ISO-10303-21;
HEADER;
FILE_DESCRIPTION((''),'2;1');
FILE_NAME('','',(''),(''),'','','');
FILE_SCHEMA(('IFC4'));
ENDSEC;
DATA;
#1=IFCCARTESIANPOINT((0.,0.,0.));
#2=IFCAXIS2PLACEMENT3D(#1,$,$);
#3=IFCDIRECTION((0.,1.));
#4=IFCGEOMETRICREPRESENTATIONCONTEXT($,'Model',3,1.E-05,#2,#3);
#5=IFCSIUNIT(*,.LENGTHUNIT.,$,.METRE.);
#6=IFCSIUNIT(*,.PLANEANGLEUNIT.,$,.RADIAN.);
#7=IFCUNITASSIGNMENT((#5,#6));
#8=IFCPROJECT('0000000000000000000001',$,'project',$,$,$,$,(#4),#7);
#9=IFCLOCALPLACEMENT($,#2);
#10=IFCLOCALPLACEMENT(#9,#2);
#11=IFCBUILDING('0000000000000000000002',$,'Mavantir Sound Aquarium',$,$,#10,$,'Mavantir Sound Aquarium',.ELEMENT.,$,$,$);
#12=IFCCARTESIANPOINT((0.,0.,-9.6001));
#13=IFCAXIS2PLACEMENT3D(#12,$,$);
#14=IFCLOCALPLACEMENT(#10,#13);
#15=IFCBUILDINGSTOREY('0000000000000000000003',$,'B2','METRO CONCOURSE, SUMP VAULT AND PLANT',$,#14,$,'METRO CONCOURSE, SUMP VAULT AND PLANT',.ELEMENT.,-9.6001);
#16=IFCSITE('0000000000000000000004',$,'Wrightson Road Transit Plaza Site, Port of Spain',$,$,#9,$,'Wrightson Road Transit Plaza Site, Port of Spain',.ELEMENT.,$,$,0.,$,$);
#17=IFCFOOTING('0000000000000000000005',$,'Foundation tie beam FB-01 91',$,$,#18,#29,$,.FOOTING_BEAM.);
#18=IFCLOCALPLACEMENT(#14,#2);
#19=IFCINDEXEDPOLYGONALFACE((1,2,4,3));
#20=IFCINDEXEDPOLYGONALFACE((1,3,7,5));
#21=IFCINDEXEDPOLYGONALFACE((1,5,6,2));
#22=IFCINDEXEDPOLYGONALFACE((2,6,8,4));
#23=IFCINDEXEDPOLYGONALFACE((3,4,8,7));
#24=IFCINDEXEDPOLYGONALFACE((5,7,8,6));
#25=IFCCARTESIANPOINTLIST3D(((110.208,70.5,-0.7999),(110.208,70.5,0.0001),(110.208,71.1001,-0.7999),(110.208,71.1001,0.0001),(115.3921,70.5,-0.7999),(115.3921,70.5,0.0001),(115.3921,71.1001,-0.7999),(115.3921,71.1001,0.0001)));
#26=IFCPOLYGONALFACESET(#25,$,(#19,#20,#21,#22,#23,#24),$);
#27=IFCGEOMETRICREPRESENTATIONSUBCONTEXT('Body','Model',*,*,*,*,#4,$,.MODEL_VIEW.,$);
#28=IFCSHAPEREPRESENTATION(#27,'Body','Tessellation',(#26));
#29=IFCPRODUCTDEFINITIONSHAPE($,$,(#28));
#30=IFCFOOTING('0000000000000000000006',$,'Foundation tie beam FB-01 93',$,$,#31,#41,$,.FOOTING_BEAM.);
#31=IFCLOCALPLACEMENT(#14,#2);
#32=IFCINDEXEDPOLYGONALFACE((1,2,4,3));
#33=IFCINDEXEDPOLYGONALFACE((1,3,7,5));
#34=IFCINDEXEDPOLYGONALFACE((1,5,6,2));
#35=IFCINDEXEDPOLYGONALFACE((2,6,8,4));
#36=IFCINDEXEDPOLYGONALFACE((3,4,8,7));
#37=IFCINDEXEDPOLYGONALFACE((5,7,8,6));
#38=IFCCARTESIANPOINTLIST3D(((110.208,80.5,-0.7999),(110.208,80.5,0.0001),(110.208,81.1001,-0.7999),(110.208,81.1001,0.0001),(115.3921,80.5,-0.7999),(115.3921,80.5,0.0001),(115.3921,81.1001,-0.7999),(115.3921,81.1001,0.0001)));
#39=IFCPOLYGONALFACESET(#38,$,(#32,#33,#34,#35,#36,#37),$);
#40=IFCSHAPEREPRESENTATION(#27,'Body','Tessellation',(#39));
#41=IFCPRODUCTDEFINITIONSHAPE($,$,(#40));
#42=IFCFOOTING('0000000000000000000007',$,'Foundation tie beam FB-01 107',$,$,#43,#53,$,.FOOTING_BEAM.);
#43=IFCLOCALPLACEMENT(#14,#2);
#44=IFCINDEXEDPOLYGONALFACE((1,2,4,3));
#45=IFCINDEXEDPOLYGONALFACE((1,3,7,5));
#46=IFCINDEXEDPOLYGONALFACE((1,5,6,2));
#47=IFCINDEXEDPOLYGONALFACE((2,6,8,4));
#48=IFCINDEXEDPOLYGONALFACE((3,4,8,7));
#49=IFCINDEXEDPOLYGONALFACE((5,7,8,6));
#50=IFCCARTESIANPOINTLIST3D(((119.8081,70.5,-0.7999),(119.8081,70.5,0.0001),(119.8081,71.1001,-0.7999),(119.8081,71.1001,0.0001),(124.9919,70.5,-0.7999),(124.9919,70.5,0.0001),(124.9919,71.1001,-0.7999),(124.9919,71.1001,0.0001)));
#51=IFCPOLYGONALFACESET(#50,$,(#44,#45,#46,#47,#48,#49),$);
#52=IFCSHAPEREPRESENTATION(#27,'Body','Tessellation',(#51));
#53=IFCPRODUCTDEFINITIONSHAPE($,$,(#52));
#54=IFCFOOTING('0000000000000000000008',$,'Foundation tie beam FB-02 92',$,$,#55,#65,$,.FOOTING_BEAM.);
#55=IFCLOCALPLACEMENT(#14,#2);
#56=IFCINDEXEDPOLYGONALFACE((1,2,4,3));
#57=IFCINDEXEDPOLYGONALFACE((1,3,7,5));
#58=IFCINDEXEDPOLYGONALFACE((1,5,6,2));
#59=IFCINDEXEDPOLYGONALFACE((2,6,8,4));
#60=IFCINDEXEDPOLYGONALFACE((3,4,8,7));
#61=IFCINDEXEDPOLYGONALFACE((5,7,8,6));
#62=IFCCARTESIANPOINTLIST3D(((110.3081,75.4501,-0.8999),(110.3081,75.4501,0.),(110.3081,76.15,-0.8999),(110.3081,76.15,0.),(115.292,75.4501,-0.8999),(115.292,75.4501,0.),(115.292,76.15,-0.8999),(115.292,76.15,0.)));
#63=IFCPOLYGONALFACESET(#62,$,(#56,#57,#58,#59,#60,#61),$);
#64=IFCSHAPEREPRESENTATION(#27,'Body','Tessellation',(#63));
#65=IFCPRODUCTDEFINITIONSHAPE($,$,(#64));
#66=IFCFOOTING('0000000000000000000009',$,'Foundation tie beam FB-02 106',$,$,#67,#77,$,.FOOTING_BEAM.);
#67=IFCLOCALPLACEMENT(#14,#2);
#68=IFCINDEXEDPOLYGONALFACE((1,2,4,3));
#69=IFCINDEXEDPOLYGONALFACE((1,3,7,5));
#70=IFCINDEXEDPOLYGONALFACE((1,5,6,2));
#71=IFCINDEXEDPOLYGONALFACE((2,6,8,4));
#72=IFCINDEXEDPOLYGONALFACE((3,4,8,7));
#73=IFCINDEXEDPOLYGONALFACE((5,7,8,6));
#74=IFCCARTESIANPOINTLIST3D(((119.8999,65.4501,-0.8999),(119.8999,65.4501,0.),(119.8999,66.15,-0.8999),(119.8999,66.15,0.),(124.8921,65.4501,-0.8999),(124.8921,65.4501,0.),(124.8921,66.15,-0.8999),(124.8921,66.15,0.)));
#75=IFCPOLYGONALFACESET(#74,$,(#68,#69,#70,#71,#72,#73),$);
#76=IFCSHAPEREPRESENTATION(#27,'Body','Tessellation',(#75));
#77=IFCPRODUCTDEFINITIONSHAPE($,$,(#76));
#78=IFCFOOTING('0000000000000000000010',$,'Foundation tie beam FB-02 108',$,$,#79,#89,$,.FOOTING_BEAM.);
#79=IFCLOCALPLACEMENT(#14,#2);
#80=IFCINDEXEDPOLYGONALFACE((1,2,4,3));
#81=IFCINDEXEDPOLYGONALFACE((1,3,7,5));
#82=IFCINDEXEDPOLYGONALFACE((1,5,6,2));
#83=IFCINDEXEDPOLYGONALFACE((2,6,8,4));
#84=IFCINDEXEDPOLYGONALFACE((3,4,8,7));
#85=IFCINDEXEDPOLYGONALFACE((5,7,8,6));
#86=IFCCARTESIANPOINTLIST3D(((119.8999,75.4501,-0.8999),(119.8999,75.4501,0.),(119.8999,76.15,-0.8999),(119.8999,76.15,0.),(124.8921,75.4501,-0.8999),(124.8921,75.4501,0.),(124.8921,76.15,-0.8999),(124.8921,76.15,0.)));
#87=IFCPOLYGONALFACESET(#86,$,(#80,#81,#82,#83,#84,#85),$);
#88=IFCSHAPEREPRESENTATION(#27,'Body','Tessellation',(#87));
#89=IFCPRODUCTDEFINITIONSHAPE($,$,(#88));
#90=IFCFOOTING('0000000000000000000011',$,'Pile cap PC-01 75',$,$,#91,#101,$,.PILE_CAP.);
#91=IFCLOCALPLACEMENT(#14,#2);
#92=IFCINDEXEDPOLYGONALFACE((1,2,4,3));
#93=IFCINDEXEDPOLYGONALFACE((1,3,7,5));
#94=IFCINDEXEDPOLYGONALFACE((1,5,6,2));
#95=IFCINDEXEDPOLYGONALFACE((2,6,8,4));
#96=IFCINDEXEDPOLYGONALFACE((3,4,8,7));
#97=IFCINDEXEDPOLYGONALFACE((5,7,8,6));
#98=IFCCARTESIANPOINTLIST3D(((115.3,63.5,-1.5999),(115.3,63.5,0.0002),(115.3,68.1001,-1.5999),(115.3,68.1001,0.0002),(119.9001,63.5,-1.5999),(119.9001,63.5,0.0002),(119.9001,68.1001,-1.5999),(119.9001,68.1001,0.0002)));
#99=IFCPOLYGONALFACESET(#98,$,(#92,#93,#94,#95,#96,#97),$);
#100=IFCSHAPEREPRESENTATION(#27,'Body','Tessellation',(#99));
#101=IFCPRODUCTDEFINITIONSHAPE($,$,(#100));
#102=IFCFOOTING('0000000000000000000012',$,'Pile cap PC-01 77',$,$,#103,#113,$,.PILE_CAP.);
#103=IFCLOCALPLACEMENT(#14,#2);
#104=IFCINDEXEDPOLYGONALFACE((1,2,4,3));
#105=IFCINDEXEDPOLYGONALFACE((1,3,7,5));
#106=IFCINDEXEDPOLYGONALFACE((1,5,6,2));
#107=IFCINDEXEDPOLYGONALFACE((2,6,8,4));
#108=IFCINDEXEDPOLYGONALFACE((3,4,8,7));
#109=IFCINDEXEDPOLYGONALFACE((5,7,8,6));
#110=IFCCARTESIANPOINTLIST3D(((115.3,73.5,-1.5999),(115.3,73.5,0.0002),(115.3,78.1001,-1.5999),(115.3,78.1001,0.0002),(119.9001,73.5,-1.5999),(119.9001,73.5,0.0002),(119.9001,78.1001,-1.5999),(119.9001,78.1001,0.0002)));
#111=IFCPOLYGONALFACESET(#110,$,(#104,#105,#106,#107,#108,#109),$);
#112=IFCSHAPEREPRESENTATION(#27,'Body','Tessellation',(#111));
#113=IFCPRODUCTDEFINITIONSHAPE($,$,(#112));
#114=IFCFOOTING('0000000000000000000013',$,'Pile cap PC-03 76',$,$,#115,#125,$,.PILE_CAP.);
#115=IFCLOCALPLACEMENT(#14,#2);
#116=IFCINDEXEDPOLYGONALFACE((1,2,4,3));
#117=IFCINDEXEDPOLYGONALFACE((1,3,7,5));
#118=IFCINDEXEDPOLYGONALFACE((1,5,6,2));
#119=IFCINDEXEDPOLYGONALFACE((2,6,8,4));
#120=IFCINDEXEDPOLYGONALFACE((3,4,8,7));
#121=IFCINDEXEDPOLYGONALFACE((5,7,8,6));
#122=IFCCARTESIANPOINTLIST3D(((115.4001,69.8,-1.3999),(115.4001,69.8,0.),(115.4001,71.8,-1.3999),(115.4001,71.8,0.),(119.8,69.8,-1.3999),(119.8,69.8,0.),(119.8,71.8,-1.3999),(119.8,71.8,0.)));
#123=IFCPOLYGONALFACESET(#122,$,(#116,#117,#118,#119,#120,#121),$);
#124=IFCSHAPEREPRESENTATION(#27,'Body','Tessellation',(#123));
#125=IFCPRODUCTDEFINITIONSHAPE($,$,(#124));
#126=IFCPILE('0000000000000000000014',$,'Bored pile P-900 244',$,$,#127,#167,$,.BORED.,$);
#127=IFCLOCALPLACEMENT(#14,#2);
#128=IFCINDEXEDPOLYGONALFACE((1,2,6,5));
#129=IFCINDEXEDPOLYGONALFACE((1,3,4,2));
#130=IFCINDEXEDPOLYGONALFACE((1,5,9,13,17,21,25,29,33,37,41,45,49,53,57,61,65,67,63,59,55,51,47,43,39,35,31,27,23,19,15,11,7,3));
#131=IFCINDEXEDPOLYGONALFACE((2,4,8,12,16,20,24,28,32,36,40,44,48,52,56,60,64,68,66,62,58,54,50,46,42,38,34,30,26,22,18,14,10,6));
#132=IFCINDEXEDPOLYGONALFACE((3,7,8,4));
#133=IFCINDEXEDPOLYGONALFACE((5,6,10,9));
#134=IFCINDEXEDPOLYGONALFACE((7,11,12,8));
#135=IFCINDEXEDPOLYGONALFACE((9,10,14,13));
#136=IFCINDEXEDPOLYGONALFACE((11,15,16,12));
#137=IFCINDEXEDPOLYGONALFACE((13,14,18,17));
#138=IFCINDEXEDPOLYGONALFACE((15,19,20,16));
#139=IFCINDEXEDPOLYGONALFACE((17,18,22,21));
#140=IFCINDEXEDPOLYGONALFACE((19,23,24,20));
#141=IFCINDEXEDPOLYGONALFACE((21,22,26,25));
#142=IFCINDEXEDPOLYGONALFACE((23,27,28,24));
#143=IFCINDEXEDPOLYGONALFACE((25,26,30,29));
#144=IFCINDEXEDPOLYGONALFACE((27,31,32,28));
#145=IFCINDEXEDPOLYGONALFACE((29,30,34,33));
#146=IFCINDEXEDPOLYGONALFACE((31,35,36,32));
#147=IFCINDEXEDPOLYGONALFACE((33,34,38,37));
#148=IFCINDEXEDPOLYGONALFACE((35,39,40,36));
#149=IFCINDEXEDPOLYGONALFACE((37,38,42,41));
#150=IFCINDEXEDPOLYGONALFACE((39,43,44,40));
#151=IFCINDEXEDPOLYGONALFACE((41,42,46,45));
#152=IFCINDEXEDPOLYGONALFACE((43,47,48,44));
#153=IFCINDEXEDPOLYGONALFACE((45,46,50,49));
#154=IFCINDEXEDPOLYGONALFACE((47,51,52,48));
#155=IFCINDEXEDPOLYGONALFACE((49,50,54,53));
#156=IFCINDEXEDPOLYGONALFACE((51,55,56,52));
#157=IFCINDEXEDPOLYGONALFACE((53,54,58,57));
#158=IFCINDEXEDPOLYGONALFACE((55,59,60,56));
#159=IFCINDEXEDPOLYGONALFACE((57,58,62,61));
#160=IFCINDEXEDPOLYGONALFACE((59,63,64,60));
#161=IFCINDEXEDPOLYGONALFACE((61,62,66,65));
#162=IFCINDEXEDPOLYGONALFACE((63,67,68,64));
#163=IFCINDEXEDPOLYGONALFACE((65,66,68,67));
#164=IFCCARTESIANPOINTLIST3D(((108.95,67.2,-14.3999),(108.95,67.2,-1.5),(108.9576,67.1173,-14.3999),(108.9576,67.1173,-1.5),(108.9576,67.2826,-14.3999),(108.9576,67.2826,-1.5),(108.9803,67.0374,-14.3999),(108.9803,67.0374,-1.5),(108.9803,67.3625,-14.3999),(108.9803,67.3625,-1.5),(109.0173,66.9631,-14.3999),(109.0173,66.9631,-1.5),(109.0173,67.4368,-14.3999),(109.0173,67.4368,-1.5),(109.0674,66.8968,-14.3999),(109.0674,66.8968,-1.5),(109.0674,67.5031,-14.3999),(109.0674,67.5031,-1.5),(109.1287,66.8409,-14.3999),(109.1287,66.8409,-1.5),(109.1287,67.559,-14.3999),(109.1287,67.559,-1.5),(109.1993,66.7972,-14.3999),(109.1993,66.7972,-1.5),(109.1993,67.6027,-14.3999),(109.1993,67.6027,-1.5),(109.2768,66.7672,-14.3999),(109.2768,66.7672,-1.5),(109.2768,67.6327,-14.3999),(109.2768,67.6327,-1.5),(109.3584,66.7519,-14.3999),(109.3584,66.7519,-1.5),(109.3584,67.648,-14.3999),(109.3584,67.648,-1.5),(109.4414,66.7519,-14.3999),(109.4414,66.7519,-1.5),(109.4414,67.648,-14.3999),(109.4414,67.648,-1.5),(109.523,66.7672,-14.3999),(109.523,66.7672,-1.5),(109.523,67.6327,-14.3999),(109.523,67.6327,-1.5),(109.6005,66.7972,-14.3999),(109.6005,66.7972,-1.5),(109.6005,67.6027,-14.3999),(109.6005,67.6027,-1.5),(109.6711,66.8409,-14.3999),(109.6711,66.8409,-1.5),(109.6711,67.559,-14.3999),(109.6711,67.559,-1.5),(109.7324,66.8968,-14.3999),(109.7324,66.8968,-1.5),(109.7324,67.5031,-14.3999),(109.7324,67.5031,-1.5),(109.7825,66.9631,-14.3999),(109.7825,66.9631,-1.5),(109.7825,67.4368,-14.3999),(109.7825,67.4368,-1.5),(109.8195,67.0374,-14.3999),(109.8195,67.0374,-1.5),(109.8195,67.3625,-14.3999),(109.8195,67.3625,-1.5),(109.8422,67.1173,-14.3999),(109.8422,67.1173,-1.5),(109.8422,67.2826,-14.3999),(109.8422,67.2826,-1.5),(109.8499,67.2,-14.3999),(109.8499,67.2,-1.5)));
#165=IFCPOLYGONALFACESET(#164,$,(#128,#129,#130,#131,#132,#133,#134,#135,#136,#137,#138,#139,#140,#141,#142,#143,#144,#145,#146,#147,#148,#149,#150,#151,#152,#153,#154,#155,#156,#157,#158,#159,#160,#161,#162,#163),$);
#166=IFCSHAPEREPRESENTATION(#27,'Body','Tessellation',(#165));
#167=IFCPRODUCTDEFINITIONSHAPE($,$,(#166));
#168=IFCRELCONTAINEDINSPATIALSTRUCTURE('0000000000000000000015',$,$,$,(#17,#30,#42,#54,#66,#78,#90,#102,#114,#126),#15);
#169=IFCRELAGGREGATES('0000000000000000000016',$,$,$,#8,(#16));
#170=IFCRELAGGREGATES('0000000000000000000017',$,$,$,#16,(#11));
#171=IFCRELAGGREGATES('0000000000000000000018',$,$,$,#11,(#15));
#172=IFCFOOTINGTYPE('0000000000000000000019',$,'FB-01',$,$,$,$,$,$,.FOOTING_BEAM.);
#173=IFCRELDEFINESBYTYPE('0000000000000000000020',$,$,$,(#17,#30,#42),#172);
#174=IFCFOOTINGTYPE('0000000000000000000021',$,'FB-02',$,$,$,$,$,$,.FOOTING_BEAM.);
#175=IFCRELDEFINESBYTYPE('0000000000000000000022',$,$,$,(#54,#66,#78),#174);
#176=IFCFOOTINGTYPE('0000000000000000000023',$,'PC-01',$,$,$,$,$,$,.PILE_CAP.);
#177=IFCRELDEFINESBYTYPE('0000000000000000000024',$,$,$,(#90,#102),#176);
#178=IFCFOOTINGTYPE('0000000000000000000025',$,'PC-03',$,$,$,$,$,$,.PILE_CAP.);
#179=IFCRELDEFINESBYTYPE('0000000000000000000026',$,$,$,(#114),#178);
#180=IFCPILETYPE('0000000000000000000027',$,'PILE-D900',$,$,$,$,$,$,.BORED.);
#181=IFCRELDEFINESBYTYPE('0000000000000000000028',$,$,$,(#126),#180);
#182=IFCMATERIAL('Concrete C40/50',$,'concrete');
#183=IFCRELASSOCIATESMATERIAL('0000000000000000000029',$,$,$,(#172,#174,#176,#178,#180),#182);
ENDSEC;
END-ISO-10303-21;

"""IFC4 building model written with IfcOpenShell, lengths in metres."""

from ifc_helpers import new_model, si_unit, direction, frame, origin, origin_2d, place, context, subcontext, project, spatial, rectangle, circle, extrude, material, material_profile, profile_set, type_object, element, save


model = new_model("IFC4")

# Units and contexts
model_context = context("Model", 3, precision=1e-05, world=origin(), true_north=direction((0.0, 1.0)))
body_context = subcontext(model_context, "Body", "Model", "MODEL_VIEW")
ifc_project = project(units=[si_unit("LENGTHUNIT", "METRE"), si_unit("PLANEANGLEUNIT", "RADIAN")], contexts=[model_context])

# Site, building, storey
site_placement = place(None, origin())
site = spatial("IfcSite", under=ifc_project, at=site_placement, Name="Wrightson Road Transit Plaza Site, Port of Spain", LongName="Wrightson Road Transit Plaza Site, Port of Spain", CompositionType="ELEMENT", RefElevation=0.0)
building_placement = place(site_placement, origin())
building = spatial("IfcBuilding", under=site, at=building_placement, Name="Mavantir Sound Aquarium", LongName="Mavantir Sound Aquarium", CompositionType="ELEMENT")
storey_placement = place(building_placement, frame((0.0, 0.0, -9.6001)))
storey = spatial("IfcBuildingStorey", under=building, at=storey_placement, Name="B2", Description="METRO CONCOURSE, SUMP VAULT AND PLANT", LongName="METRO CONCOURSE, SUMP VAULT AND PLANT", CompositionType="ELEMENT", Elevation=-9.6001)

# Footings
ifc_material = material(Name="Concrete C40/50", Category="concrete")
ifc_material_profile_1 = material_profile(ifc_material, rectangle(XDim=0.6001, YDim=0.8, at=origin_2d()), Name="RC 600X800")
ifc_profile_set_1 = profile_set([ifc_material_profile_1], Name="Concrete C40/50")
footing_type_1 = type_object("IfcFootingType", Name="FB-01", PredefinedType="FOOTING_BEAM", material=ifc_profile_set_1)
for number, where, z_axis, x_axis, name in (
    (1, (110.208, 70.8, -0.3999), (1.0, 0.0, 0.0), (0.0, 1.0, 0.0), "Foundation tie beam FB-01 91"),
    (2, (110.208, 80.8, -0.3999), (1.0, 0.0, 0.0), (0.0, 1.0, 0.0), "Foundation tie beam FB-01 93"),
):
    element("IfcFooting", number, at=place(storey_placement, frame(where, z_axis=z_axis, x_axis=x_axis)), inside=storey, type_object=footing_type_1, Name=name, PredefinedType="FOOTING_BEAM", context=body_context, shape_type="SweptSolid", body=[
        extrude(rectangle(XDim=0.6001, YDim=0.8, at=origin_2d()), origin(), (0.0, 0.0, 1.0), 5.1841),
    ])
footing_1_placement = place(storey_placement, frame((119.8081, 70.8, -0.3999), z_axis=(1.0, 0.0, 0.0), x_axis=(0.0, 1.0, 0.0)))
element("IfcFooting", 3, at=footing_1_placement, inside=storey, type_object=footing_type_1, Name="Foundation tie beam FB-01 107", PredefinedType="FOOTING_BEAM", context=body_context, shape_type="SweptSolid", body=[
    extrude(rectangle(XDim=0.6001, YDim=0.8, at=origin_2d()), origin(), (0.0, 0.0, 1.0), 5.1838),
])
ifc_material_profile_2 = material_profile(ifc_material, rectangle(XDim=0.7, YDim=0.8999, at=origin_2d()), Name="RC 700X900")
ifc_profile_set_2 = profile_set([ifc_material_profile_2], Name="Concrete C40/50")
footing_type_2 = type_object("IfcFootingType", Name="FB-02", PredefinedType="FOOTING_BEAM", material=ifc_profile_set_2)
footing_2_placement = place(storey_placement, frame((110.3081, 75.8, -0.45), z_axis=(1.0, 0.0, 0.0), x_axis=(0.0, 1.0, 0.0)))
element("IfcFooting", 4, at=footing_2_placement, inside=storey, type_object=footing_type_2, Name="Foundation tie beam FB-02 92", PredefinedType="FOOTING_BEAM", context=body_context, shape_type="SweptSolid", body=[
    extrude(rectangle(XDim=0.7, YDim=0.8999, at=origin_2d()), origin(), (0.0, 0.0, 1.0), 4.9839),
])
for number, where, z_axis, x_axis, name in (
    (5, (119.8999, 65.8, -0.45), (1.0, 0.0, 0.0), (0.0, 1.0, 0.0), "Foundation tie beam FB-02 106"),
    (6, (119.8999, 75.8, -0.45), (1.0, 0.0, 0.0), (0.0, 1.0, 0.0), "Foundation tie beam FB-02 108"),
):
    element("IfcFooting", number, at=place(storey_placement, frame(where, z_axis=z_axis, x_axis=x_axis)), inside=storey, type_object=footing_type_2, Name=name, PredefinedType="FOOTING_BEAM", context=body_context, shape_type="SweptSolid", body=[
        extrude(rectangle(XDim=0.7, YDim=0.8999, at=origin_2d()), origin(), (0.0, 0.0, 1.0), 4.9922),
    ])
footing_type_3 = type_object("IfcFootingType", Name="PC-01", PredefinedType="PILE_CAP", material=ifc_material)
for number, where, z_axis, x_axis, name in (
    (7, (117.6001, 65.8, -1.5999), (0.0, 0.0, 1.0), (1.0, 0.0, 0.0), "Pile cap PC-01 75"),
    (8, (117.6001, 75.8, -1.5999), (0.0, 0.0, 1.0), (1.0, 0.0, 0.0), "Pile cap PC-01 77"),
):
    element("IfcFooting", number, at=place(storey_placement, frame(where, z_axis=z_axis, x_axis=x_axis)), inside=storey, type_object=footing_type_3, Name=name, PredefinedType="PILE_CAP", context=body_context, shape_type="SweptSolid", body=[
        extrude(rectangle(XDim=4.6001, YDim=4.6001, at=origin_2d()), origin(), (0.0, 0.0, 1.0), 1.6001),
    ])
footing_type_4 = type_object("IfcFootingType", Name="PC-03", PredefinedType="PILE_CAP", material=ifc_material)
footing_3_placement = place(storey_placement, frame((117.6001, 70.8, -1.3999), z_axis=(0.0, 0.0, 1.0), x_axis=(1.0, 0.0, 0.0)))
element("IfcFooting", 9, at=footing_3_placement, inside=storey, type_object=footing_type_4, Name="Pile cap PC-03 76", PredefinedType="PILE_CAP", context=body_context, shape_type="SweptSolid", body=[
    extrude(rectangle(XDim=4.3999, YDim=2.0, at=origin_2d()), origin(), (0.0, 0.0, 1.0), 1.3999),
])

# Pile
ifc_material_profile_3 = material_profile(ifc_material, circle(Radius=0.45, at=origin_2d()), Name="PILE D900")
ifc_profile_set_3 = profile_set([ifc_material_profile_3], Name="Concrete C40/50")
pile_type = type_object("IfcPileType", Name="PILE-D900", PredefinedType="BORED", material=ifc_profile_set_3)
pile_1_placement = place(storey_placement, frame((109.3999, 67.2, -1.5), z_axis=(0.0, 0.0, -1.0), x_axis=(1.0, 0.0, 0.0)))
element("IfcPile", 10, at=pile_1_placement, inside=storey, type_object=pile_type, Name="Bored pile P-900 244", PredefinedType="BORED", context=body_context, shape_type="SweptSolid", body=[
    extrude(circle(Radius=0.45, at=origin_2d()), origin(), (0.0, 0.0, 1.0), 12.8999),
])

save(model, "model.ifc")
